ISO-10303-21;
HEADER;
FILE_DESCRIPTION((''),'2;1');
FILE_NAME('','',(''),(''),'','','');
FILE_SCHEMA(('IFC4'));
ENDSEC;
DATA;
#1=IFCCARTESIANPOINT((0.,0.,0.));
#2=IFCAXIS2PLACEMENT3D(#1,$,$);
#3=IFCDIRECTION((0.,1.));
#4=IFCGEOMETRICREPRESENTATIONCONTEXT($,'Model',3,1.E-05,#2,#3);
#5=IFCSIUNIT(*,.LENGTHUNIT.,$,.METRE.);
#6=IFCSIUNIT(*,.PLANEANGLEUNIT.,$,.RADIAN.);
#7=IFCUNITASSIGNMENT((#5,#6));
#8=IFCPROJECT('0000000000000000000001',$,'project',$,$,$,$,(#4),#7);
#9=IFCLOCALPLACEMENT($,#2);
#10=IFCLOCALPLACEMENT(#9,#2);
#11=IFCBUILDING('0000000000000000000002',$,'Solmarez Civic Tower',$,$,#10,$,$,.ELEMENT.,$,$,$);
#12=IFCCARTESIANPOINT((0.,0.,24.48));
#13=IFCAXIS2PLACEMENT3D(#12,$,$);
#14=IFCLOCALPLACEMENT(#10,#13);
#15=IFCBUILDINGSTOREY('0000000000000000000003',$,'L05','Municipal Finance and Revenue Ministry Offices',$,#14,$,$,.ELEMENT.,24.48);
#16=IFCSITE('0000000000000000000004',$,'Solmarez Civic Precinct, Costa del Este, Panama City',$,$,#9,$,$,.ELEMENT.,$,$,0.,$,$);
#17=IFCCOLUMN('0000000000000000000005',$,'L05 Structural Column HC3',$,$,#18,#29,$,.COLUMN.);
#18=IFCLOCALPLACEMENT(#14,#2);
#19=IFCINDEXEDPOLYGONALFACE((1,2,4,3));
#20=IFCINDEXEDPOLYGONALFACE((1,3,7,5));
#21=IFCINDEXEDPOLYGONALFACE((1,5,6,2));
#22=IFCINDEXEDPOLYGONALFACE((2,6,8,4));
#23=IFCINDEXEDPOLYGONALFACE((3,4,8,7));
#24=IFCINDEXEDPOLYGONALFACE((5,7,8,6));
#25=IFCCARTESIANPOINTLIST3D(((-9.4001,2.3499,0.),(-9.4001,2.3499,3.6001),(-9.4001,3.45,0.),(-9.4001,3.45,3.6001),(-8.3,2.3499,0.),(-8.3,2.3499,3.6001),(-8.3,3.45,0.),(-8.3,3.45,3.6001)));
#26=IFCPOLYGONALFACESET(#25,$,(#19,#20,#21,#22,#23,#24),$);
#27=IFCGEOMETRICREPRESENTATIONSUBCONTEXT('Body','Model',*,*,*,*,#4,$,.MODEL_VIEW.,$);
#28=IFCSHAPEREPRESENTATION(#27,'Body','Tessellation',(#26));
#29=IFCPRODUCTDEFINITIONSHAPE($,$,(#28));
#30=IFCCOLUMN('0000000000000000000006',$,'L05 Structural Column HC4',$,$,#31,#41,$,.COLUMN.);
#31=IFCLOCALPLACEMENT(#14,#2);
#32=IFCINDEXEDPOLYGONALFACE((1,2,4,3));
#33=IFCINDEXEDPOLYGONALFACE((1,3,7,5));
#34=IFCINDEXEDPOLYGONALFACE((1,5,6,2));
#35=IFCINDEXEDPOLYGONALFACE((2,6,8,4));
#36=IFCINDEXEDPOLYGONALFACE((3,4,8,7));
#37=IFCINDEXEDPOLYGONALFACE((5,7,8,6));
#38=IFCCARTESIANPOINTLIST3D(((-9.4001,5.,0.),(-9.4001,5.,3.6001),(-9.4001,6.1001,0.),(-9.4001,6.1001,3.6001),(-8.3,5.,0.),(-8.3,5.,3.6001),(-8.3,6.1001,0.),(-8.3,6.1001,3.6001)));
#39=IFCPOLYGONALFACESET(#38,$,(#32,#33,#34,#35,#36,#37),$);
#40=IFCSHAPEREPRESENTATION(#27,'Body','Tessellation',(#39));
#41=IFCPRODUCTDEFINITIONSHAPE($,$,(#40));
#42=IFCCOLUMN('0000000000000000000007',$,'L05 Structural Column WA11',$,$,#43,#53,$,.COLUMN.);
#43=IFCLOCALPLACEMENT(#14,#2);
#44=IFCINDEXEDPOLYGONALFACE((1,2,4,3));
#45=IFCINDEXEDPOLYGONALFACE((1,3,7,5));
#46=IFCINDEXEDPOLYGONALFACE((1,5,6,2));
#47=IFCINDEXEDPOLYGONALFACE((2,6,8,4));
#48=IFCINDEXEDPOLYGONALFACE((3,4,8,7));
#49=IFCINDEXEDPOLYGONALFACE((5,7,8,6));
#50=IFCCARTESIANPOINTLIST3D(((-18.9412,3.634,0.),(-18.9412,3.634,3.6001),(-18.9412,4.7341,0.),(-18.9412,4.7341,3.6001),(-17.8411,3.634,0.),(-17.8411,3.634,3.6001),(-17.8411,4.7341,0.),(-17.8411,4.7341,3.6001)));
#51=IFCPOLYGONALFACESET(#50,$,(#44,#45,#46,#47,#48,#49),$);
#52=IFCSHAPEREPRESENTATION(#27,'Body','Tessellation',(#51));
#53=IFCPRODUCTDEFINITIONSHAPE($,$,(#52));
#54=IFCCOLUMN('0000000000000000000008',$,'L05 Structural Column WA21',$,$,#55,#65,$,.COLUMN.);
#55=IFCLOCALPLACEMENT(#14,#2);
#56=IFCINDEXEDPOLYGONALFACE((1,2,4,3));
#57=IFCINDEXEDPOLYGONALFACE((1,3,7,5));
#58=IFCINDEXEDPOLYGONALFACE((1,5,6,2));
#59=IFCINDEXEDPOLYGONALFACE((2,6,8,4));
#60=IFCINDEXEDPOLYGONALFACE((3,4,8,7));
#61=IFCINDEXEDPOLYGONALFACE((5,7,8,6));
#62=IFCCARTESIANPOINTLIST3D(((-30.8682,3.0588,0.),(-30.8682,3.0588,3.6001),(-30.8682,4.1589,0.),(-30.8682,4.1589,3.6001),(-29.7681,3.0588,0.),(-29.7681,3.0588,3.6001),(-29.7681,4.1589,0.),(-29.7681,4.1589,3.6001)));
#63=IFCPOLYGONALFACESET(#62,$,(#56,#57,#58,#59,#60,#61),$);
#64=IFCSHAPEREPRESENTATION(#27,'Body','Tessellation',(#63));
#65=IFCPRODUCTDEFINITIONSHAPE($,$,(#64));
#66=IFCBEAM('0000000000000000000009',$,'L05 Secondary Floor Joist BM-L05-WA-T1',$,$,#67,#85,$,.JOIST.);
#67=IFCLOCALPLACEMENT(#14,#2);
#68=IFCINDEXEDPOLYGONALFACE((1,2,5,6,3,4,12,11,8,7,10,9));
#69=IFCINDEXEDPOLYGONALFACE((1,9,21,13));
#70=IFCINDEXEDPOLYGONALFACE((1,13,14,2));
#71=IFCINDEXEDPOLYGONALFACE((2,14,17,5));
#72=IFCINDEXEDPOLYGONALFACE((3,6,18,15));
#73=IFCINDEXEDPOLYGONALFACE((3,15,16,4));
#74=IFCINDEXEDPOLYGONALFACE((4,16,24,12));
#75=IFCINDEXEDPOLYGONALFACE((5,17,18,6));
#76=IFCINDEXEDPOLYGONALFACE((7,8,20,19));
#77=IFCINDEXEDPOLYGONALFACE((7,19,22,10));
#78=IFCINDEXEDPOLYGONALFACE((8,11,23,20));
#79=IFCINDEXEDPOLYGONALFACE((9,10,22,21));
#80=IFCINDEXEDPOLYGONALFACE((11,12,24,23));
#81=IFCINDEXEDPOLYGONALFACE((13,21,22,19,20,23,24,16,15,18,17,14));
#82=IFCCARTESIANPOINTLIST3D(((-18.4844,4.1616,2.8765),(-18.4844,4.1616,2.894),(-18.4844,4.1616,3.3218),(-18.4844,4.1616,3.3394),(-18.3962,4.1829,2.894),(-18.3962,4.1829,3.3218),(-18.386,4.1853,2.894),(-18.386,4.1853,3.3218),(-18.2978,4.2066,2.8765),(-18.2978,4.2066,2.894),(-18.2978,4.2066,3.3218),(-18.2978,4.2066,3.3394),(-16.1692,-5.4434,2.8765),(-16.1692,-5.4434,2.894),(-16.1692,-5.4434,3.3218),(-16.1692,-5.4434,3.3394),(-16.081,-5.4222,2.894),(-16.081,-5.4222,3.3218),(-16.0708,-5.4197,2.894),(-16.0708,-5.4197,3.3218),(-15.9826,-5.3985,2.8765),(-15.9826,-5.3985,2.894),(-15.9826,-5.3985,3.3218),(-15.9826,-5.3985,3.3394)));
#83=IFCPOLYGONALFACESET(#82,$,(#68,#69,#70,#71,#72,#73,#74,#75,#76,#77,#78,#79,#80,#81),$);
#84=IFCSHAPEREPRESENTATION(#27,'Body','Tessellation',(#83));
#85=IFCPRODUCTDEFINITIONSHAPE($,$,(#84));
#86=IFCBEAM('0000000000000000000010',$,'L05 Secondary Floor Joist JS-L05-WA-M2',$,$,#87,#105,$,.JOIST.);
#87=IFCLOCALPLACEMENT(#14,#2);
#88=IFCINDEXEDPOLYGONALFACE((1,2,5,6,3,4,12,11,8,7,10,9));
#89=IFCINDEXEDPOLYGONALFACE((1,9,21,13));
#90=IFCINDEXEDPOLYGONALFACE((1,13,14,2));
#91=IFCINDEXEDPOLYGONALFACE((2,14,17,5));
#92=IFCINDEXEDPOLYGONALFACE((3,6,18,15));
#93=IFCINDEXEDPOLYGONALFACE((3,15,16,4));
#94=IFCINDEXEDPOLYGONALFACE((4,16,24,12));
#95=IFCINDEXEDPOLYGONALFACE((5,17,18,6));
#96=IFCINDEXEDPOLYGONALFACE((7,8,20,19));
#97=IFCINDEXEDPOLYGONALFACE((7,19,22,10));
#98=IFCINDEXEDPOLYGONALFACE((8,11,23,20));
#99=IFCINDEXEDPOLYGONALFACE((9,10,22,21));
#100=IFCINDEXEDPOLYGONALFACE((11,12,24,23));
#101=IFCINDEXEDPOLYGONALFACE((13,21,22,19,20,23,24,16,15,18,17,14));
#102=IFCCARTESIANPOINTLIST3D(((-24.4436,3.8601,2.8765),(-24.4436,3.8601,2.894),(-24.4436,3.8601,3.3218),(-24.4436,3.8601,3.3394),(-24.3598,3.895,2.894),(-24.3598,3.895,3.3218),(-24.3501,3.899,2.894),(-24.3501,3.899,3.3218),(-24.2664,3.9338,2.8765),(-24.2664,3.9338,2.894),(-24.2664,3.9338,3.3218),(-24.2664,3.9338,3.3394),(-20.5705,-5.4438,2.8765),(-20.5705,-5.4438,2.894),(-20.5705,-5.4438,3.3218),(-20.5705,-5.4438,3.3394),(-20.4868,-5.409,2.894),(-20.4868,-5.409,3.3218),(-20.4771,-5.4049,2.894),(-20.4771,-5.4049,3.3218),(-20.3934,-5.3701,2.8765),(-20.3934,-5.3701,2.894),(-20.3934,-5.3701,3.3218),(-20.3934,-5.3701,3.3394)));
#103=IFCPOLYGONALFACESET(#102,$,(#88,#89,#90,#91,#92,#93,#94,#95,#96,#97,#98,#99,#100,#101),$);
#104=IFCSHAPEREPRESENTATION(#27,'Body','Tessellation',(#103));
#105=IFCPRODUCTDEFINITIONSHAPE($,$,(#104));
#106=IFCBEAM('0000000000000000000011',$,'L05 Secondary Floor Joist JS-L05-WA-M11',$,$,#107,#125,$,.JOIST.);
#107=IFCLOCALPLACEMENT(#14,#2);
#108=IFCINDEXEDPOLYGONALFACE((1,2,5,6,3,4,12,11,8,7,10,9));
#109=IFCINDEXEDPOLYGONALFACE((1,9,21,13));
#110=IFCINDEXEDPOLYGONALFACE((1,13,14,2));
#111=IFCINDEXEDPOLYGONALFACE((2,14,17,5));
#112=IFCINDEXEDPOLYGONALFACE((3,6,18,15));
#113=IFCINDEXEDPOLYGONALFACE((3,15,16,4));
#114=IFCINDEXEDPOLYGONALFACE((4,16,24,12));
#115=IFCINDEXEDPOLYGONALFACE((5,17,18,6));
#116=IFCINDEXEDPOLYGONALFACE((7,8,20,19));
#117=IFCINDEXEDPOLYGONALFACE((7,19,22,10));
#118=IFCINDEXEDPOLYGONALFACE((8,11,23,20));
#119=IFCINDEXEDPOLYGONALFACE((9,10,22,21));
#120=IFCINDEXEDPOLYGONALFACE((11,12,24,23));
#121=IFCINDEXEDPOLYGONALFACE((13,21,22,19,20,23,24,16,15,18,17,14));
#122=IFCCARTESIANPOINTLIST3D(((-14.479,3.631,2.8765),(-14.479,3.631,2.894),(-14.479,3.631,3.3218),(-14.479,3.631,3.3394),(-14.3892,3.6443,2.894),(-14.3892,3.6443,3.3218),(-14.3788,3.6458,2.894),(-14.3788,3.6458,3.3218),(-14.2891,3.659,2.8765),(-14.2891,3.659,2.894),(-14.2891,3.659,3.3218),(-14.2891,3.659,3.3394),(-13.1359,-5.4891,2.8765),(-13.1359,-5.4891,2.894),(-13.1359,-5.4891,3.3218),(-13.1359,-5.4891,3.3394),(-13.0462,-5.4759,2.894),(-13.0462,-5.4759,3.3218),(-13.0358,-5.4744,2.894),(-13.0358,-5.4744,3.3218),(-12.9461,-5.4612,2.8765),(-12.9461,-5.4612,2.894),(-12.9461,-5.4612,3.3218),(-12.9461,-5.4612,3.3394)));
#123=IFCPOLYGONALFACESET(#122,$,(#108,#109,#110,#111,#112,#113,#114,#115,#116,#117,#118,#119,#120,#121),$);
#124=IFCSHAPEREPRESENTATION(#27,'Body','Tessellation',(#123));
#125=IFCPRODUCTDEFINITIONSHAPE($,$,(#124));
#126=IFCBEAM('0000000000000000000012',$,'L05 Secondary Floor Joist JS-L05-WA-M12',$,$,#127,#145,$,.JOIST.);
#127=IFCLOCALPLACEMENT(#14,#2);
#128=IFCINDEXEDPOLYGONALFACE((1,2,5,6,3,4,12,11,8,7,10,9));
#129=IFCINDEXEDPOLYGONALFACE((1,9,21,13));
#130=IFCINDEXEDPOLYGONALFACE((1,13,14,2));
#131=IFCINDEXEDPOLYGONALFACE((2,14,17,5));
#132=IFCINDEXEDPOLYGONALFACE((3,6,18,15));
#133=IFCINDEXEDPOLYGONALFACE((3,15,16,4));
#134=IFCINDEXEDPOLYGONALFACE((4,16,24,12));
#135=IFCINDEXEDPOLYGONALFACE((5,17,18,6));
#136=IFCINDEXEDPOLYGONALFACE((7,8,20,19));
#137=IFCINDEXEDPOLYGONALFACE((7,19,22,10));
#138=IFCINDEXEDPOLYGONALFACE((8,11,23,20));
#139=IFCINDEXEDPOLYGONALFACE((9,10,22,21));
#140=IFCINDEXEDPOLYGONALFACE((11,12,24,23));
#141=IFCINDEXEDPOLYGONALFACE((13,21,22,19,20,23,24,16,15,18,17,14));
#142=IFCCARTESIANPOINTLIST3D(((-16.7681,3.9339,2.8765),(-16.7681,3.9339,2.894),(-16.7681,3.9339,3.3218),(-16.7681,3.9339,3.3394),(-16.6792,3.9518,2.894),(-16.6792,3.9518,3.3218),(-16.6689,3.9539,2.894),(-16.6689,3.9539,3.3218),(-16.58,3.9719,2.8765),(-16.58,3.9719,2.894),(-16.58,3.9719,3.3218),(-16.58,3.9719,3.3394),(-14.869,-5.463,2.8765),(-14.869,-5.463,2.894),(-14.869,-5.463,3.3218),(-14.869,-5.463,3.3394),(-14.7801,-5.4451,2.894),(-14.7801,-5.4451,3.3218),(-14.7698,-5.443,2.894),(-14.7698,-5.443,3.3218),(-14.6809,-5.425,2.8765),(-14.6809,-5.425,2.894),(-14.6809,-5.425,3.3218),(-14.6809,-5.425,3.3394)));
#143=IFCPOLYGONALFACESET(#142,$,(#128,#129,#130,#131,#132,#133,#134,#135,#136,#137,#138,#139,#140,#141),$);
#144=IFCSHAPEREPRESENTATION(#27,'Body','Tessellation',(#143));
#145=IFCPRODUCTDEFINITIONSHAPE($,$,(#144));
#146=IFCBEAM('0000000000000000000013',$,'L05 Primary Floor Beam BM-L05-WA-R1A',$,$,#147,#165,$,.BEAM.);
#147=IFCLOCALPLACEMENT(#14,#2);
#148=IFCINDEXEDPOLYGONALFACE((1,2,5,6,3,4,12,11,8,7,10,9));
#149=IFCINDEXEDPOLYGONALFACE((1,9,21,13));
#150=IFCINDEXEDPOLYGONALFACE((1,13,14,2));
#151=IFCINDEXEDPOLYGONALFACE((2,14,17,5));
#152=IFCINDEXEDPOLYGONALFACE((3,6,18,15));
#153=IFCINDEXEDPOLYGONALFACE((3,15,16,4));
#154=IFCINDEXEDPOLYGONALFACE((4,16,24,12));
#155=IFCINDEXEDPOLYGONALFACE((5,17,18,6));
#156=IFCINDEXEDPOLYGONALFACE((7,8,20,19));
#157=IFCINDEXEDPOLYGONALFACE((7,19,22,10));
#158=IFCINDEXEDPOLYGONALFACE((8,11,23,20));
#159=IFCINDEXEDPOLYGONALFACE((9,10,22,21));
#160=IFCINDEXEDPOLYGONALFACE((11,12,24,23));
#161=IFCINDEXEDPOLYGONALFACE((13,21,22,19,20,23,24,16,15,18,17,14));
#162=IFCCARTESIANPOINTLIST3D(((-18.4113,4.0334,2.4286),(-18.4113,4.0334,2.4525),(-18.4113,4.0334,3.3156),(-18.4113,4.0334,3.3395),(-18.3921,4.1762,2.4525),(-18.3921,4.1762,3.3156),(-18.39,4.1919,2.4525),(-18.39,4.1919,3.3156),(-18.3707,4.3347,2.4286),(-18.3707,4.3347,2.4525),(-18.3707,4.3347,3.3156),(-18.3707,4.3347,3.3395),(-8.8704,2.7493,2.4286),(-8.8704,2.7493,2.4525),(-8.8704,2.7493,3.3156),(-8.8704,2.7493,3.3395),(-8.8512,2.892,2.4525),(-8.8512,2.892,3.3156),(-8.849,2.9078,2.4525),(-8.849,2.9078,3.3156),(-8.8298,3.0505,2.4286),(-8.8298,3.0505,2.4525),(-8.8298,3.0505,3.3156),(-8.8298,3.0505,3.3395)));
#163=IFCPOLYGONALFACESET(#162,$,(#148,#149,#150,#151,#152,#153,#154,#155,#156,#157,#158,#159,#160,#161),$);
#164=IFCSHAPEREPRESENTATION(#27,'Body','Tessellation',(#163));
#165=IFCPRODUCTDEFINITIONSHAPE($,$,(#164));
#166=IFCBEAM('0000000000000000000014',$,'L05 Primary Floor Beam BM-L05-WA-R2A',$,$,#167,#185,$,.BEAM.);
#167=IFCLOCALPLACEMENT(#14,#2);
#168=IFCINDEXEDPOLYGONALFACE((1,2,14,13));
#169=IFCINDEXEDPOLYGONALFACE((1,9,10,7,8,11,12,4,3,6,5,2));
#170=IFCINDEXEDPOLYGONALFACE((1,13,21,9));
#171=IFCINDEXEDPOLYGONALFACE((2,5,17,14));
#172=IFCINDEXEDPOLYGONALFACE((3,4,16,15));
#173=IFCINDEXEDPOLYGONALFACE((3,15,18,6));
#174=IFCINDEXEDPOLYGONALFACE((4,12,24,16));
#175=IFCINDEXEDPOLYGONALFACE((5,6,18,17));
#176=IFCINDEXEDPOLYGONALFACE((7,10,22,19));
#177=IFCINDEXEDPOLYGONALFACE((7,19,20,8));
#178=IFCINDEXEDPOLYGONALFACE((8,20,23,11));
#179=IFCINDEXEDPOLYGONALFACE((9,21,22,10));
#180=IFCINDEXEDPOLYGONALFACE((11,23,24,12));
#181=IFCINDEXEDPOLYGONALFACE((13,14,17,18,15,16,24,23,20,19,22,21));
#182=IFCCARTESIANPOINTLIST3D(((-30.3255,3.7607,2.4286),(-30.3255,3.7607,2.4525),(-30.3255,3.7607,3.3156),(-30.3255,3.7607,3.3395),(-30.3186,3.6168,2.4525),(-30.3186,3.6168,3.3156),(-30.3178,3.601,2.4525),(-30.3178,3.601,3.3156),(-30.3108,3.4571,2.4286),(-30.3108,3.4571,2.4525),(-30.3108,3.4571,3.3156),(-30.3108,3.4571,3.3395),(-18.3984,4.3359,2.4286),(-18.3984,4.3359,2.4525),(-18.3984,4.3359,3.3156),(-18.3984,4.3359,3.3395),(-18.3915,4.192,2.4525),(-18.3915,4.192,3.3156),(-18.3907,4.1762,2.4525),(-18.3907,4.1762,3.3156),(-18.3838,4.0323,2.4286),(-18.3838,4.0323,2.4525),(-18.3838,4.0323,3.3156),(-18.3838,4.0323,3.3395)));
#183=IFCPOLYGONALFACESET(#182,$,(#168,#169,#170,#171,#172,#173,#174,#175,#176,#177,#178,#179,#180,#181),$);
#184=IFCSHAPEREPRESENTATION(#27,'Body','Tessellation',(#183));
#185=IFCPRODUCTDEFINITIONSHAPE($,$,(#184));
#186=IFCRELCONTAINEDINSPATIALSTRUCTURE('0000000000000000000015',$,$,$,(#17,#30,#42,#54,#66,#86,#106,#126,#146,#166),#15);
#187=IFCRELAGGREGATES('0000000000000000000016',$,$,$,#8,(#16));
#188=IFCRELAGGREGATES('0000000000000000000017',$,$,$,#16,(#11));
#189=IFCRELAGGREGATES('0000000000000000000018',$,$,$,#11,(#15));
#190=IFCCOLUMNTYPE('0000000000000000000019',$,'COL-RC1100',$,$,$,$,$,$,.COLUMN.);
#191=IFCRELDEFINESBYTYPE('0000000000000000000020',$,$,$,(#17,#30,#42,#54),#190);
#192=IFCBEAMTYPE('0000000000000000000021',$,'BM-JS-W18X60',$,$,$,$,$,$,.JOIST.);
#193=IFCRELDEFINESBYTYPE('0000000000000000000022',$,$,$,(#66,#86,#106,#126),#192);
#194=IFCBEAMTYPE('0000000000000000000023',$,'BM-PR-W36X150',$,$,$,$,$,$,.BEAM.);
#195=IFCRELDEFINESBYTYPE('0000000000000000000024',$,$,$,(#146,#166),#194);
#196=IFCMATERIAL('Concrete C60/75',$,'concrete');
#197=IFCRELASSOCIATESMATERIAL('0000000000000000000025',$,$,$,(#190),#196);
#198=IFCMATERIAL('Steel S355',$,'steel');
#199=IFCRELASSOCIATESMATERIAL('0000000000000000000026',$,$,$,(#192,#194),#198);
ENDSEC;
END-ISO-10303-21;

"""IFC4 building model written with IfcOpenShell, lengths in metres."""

from ifc_helpers import new_model, si_unit, direction, frame, origin, origin_2d, place, context, subcontext, project, spatial, rectangle, i_section, extrude, material, material_profile, profile_set, type_object, element, save


model = new_model("IFC4")

# Units and contexts
model_context = context("Model", 3, precision=1e-05, world=origin(), true_north=direction((0.0, 1.0)))
body_context = subcontext(model_context, "Body", "Model", "MODEL_VIEW")
ifc_project = project(units=[si_unit("LENGTHUNIT", "METRE"), si_unit("PLANEANGLEUNIT", "RADIAN")], contexts=[model_context])

# Site, building, storey
site_placement = place(None, origin())
site = spatial("IfcSite", under=ifc_project, at=site_placement, Name="Solmarez Civic Precinct, Costa del Este, Panama City", CompositionType="ELEMENT", RefElevation=0.0)
building_placement = place(site_placement, origin())
building = spatial("IfcBuilding", under=site, at=building_placement, Name="Solmarez Civic Tower", CompositionType="ELEMENT")
storey_placement = place(building_placement, frame((0.0, 0.0, 24.48)))
storey = spatial("IfcBuildingStorey", under=building, at=storey_placement, Name="L05", Description="Municipal Finance and Revenue Ministry Offices", CompositionType="ELEMENT", Elevation=24.48)

# Columns
ifc_material_1 = material(Name="Concrete C60/75", Category="concrete")
ifc_material_profile_1 = material_profile(ifc_material_1, rectangle(XDim=1.1001, YDim=1.1001, at=origin_2d()), Name="RC1100X1100")
ifc_profile_set_1 = profile_set([ifc_material_profile_1], Name="Concrete C60/75")
column_type = type_object("IfcColumnType", Name="COL-RC1100", PredefinedType="COLUMN", material=ifc_profile_set_1)
for number, where, z_axis, x_axis, name in (
    (1, (-8.8501, 2.8999, 0.0), (0.0, 0.0, 1.0), (1.0, 0.0, 0.0), "L05 Structural Column HC3"),
    (2, (-8.8501, 5.55, 0.0), (0.0, 0.0, 1.0), (1.0, 0.0, 0.0), "L05 Structural Column HC4"),
    (3, (-18.3911, 4.1841, 0.0), (0.0, 0.0, 1.0), (1.0, 0.0, 0.0), "L05 Structural Column WA11"),
    (4, (-30.3181, 3.6089, 0.0), (0.0, 0.0, 1.0), (1.0, 0.0, 0.0), "L05 Structural Column WA21"),
):
    element("IfcColumn", number, at=place(storey_placement, frame(where, z_axis=z_axis, x_axis=x_axis)), inside=storey, type_object=column_type, Name=name, PredefinedType="COLUMN", context=body_context, shape_type="SweptSolid", body=[
        extrude(rectangle(XDim=1.1001, YDim=1.1001, at=origin_2d()), origin(), (0.0, 0.0, 1.0), 3.6001),
    ])

# Beams
ifc_material_2 = material(Name="Steel S355", Category="steel")
ifc_material_profile_2 = material_profile(ifc_material_2, i_section(OverallWidth=0.1919, OverallDepth=0.4629, WebThickness=0.0105, FlangeThickness=0.0176, at=origin_2d()), Name="W18X60")
ifc_profile_set_2 = profile_set([ifc_material_profile_2], Name="Steel S355")
beam_type_1 = type_object("IfcBeamType", Name="BM-JS-W18X60", PredefinedType="JOIST", material=ifc_profile_set_2)
beam_1_placement = place(storey_placement, frame((-18.3911, 4.1841, 3.1079), z_axis=(0.234329, -0.972157, 0.0), x_axis=(0.972157, 0.234329, 0.0)))
element("IfcBeam", 5, at=beam_1_placement, inside=storey, type_object=beam_type_1, Name="L05 Secondary Floor Joist BM-L05-WA-T1", PredefinedType="JOIST", context=body_context, shape_type="SweptSolid", body=[
    extrude(i_section(OverallWidth=0.1919, OverallDepth=0.4629, WebThickness=0.0105, FlangeThickness=0.0176, at=origin_2d()), origin(), (0.0, 0.0, 1.0), 9.8801),
])
beam_2_placement = place(storey_placement, frame((-24.355, 3.897, 3.1079), z_axis=(0.384311, -0.923204, 0.0), x_axis=(0.923204, 0.384311, 0.0)))
element("IfcBeam", 6, at=beam_2_placement, inside=storey, type_object=beam_type_1, Name="L05 Secondary Floor Joist JS-L05-WA-M2", PredefinedType="JOIST", context=body_context, shape_type="SweptSolid", body=[
    extrude(i_section(OverallWidth=0.1919, OverallDepth=0.4629, WebThickness=0.0105, FlangeThickness=0.0176, at=origin_2d()), origin(), (0.0, 0.0, 1.0), 10.0779),
])
beam_3_placement = place(storey_placement, frame((-14.384, 3.645, 3.1079), z_axis=(0.145688, -0.989331, 0.0), x_axis=(0.989331, 0.145688, 0.0)))
element("IfcBeam", 7, at=beam_3_placement, inside=storey, type_object=beam_type_1, Name="L05 Secondary Floor Joist JS-L05-WA-M11", PredefinedType="JOIST", context=body_context, shape_type="SweptSolid", body=[
    extrude(i_section(OverallWidth=0.1919, OverallDepth=0.4629, WebThickness=0.0105, FlangeThickness=0.0176, at=origin_2d()), origin(), (0.0, 0.0, 1.0), 9.2185),
])
beam_4_placement = place(storey_placement, frame((-16.6741, 3.9529, 3.1079), z_axis=(0.198099, -0.980182, 0.0), x_axis=(0.980182, 0.198099, 0.0)))
element("IfcBeam", 8, at=beam_4_placement, inside=storey, type_object=beam_type_1, Name="L05 Secondary Floor Joist JS-L05-WA-M12", PredefinedType="JOIST", context=body_context, shape_type="SweptSolid", body=[
    extrude(i_section(OverallWidth=0.1919, OverallDepth=0.4629, WebThickness=0.0105, FlangeThickness=0.0176, at=origin_2d()), origin(), (0.0, 0.0, 1.0), 9.5869),
])
ifc_material_profile_3 = material_profile(ifc_material_2, i_section(OverallWidth=0.304, OverallDepth=0.9109, WebThickness=0.0159, FlangeThickness=0.0239, at=origin_2d()), Name="W36X150")
ifc_profile_set_3 = profile_set([ifc_material_profile_3], Name="Steel S355")
beam_type_2 = type_object("IfcBeamType", Name="BM-PR-W36X150", PredefinedType="BEAM", material=ifc_profile_set_3)
beam_5_placement = place(storey_placement, frame((-8.8501, 2.8999, 2.884), z_axis=(-0.991063, 0.133393, 0.0), x_axis=(-0.133393, -0.991063, 0.0)))
element("IfcBeam", 9, at=beam_5_placement, inside=storey, type_object=beam_type_2, Name="L05 Primary Floor Beam BM-L05-WA-R1A", PredefinedType="BEAM", context=body_context, shape_type="SweptSolid", body=[
    extrude(i_section(OverallWidth=0.304, OverallDepth=0.9109, WebThickness=0.0159, FlangeThickness=0.0239, at=origin_2d()), origin(), (0.0, 0.0, 1.0), 9.627),
])
beam_6_placement = place(storey_placement, frame((-18.3911, 4.1841, 2.884), z_axis=(-0.998839, -0.04817, 0.0), x_axis=(0.04817, -0.998839, 0.0)))
element("IfcBeam", 10, at=beam_6_placement, inside=storey, type_object=beam_type_2, Name="L05 Primary Floor Beam BM-L05-WA-R2A", PredefinedType="BEAM", context=body_context, shape_type="SweptSolid", body=[
    extrude(i_section(OverallWidth=0.304, OverallDepth=0.9109, WebThickness=0.0159, FlangeThickness=0.0239, at=origin_2d()), origin(), (0.0, 0.0, 1.0), 11.9409),
])

save(model, "model.ifc")
